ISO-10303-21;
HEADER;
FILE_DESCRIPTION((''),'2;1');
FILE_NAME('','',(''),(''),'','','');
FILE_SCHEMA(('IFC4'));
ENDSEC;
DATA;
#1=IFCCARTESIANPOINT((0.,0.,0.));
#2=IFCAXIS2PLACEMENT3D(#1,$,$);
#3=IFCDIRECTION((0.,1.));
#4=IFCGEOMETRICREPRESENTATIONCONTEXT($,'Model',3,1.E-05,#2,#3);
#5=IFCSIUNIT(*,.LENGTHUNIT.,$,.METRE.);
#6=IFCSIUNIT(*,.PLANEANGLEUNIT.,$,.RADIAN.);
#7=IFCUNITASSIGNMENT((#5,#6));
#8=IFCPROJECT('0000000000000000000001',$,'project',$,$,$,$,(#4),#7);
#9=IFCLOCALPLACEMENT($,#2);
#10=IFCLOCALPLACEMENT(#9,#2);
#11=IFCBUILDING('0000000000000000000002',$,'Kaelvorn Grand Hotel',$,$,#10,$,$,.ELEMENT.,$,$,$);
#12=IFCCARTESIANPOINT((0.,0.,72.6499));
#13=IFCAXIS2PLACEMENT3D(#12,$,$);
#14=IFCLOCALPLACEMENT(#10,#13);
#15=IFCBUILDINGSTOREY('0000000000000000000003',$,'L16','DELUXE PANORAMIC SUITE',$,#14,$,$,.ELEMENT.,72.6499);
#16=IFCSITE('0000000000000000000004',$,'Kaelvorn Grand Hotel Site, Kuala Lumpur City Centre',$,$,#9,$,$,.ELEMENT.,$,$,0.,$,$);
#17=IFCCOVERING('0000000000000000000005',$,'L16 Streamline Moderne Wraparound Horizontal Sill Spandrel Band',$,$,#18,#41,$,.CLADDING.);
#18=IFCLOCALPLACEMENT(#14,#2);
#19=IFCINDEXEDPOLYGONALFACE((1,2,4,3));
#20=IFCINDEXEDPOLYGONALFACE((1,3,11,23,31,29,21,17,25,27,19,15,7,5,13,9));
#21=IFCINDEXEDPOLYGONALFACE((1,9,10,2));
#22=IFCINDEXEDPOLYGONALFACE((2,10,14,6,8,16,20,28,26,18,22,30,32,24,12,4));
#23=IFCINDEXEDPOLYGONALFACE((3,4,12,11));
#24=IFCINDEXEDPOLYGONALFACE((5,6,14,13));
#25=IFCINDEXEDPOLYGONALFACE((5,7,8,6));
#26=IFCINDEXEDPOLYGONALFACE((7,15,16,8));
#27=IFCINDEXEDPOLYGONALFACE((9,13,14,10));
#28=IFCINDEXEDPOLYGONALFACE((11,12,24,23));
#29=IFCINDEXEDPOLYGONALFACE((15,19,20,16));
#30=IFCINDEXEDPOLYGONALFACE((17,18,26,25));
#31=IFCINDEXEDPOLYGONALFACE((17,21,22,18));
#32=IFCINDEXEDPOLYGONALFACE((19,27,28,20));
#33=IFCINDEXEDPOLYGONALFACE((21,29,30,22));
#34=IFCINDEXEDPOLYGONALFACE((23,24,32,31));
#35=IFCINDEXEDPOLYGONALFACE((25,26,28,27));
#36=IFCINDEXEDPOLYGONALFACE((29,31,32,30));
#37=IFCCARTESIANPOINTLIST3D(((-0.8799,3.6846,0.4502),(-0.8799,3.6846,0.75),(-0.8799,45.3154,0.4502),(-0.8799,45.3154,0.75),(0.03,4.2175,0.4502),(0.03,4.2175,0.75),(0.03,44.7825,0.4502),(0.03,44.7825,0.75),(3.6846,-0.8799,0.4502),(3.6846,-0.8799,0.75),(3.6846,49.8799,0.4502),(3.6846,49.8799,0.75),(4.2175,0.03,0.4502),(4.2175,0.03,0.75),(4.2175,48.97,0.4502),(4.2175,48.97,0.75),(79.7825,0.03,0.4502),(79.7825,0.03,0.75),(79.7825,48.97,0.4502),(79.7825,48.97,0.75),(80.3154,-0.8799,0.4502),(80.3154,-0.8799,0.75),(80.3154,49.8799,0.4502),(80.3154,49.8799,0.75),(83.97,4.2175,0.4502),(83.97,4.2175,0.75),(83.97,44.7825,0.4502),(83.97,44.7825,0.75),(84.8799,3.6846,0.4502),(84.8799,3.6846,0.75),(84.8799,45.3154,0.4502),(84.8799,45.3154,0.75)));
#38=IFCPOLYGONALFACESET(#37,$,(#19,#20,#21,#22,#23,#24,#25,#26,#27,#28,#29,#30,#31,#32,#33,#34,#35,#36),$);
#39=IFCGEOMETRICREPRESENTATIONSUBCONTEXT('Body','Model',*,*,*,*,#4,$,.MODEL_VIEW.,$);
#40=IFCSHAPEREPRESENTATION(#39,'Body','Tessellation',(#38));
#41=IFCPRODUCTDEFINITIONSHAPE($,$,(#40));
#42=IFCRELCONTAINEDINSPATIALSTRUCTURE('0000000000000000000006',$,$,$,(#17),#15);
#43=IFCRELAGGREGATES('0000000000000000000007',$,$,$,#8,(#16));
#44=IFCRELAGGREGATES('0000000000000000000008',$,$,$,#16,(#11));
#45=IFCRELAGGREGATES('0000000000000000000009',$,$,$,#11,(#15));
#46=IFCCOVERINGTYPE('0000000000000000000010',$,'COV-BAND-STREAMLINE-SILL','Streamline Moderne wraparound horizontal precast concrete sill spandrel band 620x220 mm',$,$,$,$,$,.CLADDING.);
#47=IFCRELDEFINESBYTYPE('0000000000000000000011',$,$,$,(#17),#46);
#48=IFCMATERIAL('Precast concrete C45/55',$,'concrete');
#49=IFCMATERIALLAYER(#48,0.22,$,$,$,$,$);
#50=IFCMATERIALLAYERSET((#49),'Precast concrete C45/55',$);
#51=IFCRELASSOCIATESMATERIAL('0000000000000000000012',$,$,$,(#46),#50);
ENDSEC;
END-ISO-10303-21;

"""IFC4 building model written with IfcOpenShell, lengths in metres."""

from ifc_helpers import new_model, si_unit, direction, frame, origin, place, context, subcontext, project, spatial, polyline, outline, extrude, material, layer, layer_set, type_object, element, save


model = new_model("IFC4")

# Units and contexts
model_context = context("Model", 3, precision=1e-05, world=origin(), true_north=direction((0.0, 1.0)))
body_context = subcontext(model_context, "Body", "Model", "MODEL_VIEW")
ifc_project = project(units=[si_unit("LENGTHUNIT", "METRE"), si_unit("PLANEANGLEUNIT", "RADIAN")], contexts=[model_context])

# Site, building, storey
site_placement = place(None, origin())
site = spatial("IfcSite", under=ifc_project, at=site_placement, Name="Kaelvorn Grand Hotel Site, Kuala Lumpur City Centre", CompositionType="ELEMENT", RefElevation=0.0)
building_placement = place(site_placement, origin())
building = spatial("IfcBuilding", under=site, at=building_placement, Name="Kaelvorn Grand Hotel", CompositionType="ELEMENT")
storey_placement = place(building_placement, frame((0.0, 0.0, 72.6499)))
storey = spatial("IfcBuildingStorey", under=building, at=storey_placement, Name="L16", Description="DELUXE PANORAMIC SUITE", CompositionType="ELEMENT", Elevation=72.6499)

# Covering
ifc_material_1 = material(Name="Precast concrete C45/55", Category="concrete")
ifc_layer_1 = layer(ifc_material_1, 0.22)
ifc_layer_set_1 = layer_set([ifc_layer_1], Name="Precast concrete C45/55")
covering_type_1 = type_object("IfcCoveringType", Name="COV-BAND-STREAMLINE-SILL", Description="Streamline Moderne wraparound horizontal precast concrete sill spandrel band 620x220 mm", PredefinedType="CLADDING", material=ifc_layer_set_1)
covering_1_placement = place(storey_placement, frame((0.0, 0.0, 0.4502)))
element("IfcCovering", 1, at=covering_1_placement, inside=storey, type_object=covering_type_1, Name="L16 Streamline Moderne Wraparound Horizontal Sill Spandrel Band", PredefinedType="CLADDING", context=body_context, shape_type="SweptSolid", body=[
    extrude(outline(polyline([(80.3154, -0.8799), (84.8799, 3.6846), (84.8799, 45.3154), (80.3154, 49.8799), (3.6846, 49.8799), (-0.8799, 45.3154), (-0.8799, 3.6846), (3.6846, -0.8799), (4.2175, 0.03), (0.03, 4.2175), (0.03, 44.7825), (4.2175, 48.97), (79.7825, 48.97), (83.97, 44.7825), (83.97, 4.2175), (79.7825, 0.03), (80.3154, -0.8799)])), origin(), (0.0, 0.0, 1.0), 0.2998),
])

save(model, "model.ifc")
